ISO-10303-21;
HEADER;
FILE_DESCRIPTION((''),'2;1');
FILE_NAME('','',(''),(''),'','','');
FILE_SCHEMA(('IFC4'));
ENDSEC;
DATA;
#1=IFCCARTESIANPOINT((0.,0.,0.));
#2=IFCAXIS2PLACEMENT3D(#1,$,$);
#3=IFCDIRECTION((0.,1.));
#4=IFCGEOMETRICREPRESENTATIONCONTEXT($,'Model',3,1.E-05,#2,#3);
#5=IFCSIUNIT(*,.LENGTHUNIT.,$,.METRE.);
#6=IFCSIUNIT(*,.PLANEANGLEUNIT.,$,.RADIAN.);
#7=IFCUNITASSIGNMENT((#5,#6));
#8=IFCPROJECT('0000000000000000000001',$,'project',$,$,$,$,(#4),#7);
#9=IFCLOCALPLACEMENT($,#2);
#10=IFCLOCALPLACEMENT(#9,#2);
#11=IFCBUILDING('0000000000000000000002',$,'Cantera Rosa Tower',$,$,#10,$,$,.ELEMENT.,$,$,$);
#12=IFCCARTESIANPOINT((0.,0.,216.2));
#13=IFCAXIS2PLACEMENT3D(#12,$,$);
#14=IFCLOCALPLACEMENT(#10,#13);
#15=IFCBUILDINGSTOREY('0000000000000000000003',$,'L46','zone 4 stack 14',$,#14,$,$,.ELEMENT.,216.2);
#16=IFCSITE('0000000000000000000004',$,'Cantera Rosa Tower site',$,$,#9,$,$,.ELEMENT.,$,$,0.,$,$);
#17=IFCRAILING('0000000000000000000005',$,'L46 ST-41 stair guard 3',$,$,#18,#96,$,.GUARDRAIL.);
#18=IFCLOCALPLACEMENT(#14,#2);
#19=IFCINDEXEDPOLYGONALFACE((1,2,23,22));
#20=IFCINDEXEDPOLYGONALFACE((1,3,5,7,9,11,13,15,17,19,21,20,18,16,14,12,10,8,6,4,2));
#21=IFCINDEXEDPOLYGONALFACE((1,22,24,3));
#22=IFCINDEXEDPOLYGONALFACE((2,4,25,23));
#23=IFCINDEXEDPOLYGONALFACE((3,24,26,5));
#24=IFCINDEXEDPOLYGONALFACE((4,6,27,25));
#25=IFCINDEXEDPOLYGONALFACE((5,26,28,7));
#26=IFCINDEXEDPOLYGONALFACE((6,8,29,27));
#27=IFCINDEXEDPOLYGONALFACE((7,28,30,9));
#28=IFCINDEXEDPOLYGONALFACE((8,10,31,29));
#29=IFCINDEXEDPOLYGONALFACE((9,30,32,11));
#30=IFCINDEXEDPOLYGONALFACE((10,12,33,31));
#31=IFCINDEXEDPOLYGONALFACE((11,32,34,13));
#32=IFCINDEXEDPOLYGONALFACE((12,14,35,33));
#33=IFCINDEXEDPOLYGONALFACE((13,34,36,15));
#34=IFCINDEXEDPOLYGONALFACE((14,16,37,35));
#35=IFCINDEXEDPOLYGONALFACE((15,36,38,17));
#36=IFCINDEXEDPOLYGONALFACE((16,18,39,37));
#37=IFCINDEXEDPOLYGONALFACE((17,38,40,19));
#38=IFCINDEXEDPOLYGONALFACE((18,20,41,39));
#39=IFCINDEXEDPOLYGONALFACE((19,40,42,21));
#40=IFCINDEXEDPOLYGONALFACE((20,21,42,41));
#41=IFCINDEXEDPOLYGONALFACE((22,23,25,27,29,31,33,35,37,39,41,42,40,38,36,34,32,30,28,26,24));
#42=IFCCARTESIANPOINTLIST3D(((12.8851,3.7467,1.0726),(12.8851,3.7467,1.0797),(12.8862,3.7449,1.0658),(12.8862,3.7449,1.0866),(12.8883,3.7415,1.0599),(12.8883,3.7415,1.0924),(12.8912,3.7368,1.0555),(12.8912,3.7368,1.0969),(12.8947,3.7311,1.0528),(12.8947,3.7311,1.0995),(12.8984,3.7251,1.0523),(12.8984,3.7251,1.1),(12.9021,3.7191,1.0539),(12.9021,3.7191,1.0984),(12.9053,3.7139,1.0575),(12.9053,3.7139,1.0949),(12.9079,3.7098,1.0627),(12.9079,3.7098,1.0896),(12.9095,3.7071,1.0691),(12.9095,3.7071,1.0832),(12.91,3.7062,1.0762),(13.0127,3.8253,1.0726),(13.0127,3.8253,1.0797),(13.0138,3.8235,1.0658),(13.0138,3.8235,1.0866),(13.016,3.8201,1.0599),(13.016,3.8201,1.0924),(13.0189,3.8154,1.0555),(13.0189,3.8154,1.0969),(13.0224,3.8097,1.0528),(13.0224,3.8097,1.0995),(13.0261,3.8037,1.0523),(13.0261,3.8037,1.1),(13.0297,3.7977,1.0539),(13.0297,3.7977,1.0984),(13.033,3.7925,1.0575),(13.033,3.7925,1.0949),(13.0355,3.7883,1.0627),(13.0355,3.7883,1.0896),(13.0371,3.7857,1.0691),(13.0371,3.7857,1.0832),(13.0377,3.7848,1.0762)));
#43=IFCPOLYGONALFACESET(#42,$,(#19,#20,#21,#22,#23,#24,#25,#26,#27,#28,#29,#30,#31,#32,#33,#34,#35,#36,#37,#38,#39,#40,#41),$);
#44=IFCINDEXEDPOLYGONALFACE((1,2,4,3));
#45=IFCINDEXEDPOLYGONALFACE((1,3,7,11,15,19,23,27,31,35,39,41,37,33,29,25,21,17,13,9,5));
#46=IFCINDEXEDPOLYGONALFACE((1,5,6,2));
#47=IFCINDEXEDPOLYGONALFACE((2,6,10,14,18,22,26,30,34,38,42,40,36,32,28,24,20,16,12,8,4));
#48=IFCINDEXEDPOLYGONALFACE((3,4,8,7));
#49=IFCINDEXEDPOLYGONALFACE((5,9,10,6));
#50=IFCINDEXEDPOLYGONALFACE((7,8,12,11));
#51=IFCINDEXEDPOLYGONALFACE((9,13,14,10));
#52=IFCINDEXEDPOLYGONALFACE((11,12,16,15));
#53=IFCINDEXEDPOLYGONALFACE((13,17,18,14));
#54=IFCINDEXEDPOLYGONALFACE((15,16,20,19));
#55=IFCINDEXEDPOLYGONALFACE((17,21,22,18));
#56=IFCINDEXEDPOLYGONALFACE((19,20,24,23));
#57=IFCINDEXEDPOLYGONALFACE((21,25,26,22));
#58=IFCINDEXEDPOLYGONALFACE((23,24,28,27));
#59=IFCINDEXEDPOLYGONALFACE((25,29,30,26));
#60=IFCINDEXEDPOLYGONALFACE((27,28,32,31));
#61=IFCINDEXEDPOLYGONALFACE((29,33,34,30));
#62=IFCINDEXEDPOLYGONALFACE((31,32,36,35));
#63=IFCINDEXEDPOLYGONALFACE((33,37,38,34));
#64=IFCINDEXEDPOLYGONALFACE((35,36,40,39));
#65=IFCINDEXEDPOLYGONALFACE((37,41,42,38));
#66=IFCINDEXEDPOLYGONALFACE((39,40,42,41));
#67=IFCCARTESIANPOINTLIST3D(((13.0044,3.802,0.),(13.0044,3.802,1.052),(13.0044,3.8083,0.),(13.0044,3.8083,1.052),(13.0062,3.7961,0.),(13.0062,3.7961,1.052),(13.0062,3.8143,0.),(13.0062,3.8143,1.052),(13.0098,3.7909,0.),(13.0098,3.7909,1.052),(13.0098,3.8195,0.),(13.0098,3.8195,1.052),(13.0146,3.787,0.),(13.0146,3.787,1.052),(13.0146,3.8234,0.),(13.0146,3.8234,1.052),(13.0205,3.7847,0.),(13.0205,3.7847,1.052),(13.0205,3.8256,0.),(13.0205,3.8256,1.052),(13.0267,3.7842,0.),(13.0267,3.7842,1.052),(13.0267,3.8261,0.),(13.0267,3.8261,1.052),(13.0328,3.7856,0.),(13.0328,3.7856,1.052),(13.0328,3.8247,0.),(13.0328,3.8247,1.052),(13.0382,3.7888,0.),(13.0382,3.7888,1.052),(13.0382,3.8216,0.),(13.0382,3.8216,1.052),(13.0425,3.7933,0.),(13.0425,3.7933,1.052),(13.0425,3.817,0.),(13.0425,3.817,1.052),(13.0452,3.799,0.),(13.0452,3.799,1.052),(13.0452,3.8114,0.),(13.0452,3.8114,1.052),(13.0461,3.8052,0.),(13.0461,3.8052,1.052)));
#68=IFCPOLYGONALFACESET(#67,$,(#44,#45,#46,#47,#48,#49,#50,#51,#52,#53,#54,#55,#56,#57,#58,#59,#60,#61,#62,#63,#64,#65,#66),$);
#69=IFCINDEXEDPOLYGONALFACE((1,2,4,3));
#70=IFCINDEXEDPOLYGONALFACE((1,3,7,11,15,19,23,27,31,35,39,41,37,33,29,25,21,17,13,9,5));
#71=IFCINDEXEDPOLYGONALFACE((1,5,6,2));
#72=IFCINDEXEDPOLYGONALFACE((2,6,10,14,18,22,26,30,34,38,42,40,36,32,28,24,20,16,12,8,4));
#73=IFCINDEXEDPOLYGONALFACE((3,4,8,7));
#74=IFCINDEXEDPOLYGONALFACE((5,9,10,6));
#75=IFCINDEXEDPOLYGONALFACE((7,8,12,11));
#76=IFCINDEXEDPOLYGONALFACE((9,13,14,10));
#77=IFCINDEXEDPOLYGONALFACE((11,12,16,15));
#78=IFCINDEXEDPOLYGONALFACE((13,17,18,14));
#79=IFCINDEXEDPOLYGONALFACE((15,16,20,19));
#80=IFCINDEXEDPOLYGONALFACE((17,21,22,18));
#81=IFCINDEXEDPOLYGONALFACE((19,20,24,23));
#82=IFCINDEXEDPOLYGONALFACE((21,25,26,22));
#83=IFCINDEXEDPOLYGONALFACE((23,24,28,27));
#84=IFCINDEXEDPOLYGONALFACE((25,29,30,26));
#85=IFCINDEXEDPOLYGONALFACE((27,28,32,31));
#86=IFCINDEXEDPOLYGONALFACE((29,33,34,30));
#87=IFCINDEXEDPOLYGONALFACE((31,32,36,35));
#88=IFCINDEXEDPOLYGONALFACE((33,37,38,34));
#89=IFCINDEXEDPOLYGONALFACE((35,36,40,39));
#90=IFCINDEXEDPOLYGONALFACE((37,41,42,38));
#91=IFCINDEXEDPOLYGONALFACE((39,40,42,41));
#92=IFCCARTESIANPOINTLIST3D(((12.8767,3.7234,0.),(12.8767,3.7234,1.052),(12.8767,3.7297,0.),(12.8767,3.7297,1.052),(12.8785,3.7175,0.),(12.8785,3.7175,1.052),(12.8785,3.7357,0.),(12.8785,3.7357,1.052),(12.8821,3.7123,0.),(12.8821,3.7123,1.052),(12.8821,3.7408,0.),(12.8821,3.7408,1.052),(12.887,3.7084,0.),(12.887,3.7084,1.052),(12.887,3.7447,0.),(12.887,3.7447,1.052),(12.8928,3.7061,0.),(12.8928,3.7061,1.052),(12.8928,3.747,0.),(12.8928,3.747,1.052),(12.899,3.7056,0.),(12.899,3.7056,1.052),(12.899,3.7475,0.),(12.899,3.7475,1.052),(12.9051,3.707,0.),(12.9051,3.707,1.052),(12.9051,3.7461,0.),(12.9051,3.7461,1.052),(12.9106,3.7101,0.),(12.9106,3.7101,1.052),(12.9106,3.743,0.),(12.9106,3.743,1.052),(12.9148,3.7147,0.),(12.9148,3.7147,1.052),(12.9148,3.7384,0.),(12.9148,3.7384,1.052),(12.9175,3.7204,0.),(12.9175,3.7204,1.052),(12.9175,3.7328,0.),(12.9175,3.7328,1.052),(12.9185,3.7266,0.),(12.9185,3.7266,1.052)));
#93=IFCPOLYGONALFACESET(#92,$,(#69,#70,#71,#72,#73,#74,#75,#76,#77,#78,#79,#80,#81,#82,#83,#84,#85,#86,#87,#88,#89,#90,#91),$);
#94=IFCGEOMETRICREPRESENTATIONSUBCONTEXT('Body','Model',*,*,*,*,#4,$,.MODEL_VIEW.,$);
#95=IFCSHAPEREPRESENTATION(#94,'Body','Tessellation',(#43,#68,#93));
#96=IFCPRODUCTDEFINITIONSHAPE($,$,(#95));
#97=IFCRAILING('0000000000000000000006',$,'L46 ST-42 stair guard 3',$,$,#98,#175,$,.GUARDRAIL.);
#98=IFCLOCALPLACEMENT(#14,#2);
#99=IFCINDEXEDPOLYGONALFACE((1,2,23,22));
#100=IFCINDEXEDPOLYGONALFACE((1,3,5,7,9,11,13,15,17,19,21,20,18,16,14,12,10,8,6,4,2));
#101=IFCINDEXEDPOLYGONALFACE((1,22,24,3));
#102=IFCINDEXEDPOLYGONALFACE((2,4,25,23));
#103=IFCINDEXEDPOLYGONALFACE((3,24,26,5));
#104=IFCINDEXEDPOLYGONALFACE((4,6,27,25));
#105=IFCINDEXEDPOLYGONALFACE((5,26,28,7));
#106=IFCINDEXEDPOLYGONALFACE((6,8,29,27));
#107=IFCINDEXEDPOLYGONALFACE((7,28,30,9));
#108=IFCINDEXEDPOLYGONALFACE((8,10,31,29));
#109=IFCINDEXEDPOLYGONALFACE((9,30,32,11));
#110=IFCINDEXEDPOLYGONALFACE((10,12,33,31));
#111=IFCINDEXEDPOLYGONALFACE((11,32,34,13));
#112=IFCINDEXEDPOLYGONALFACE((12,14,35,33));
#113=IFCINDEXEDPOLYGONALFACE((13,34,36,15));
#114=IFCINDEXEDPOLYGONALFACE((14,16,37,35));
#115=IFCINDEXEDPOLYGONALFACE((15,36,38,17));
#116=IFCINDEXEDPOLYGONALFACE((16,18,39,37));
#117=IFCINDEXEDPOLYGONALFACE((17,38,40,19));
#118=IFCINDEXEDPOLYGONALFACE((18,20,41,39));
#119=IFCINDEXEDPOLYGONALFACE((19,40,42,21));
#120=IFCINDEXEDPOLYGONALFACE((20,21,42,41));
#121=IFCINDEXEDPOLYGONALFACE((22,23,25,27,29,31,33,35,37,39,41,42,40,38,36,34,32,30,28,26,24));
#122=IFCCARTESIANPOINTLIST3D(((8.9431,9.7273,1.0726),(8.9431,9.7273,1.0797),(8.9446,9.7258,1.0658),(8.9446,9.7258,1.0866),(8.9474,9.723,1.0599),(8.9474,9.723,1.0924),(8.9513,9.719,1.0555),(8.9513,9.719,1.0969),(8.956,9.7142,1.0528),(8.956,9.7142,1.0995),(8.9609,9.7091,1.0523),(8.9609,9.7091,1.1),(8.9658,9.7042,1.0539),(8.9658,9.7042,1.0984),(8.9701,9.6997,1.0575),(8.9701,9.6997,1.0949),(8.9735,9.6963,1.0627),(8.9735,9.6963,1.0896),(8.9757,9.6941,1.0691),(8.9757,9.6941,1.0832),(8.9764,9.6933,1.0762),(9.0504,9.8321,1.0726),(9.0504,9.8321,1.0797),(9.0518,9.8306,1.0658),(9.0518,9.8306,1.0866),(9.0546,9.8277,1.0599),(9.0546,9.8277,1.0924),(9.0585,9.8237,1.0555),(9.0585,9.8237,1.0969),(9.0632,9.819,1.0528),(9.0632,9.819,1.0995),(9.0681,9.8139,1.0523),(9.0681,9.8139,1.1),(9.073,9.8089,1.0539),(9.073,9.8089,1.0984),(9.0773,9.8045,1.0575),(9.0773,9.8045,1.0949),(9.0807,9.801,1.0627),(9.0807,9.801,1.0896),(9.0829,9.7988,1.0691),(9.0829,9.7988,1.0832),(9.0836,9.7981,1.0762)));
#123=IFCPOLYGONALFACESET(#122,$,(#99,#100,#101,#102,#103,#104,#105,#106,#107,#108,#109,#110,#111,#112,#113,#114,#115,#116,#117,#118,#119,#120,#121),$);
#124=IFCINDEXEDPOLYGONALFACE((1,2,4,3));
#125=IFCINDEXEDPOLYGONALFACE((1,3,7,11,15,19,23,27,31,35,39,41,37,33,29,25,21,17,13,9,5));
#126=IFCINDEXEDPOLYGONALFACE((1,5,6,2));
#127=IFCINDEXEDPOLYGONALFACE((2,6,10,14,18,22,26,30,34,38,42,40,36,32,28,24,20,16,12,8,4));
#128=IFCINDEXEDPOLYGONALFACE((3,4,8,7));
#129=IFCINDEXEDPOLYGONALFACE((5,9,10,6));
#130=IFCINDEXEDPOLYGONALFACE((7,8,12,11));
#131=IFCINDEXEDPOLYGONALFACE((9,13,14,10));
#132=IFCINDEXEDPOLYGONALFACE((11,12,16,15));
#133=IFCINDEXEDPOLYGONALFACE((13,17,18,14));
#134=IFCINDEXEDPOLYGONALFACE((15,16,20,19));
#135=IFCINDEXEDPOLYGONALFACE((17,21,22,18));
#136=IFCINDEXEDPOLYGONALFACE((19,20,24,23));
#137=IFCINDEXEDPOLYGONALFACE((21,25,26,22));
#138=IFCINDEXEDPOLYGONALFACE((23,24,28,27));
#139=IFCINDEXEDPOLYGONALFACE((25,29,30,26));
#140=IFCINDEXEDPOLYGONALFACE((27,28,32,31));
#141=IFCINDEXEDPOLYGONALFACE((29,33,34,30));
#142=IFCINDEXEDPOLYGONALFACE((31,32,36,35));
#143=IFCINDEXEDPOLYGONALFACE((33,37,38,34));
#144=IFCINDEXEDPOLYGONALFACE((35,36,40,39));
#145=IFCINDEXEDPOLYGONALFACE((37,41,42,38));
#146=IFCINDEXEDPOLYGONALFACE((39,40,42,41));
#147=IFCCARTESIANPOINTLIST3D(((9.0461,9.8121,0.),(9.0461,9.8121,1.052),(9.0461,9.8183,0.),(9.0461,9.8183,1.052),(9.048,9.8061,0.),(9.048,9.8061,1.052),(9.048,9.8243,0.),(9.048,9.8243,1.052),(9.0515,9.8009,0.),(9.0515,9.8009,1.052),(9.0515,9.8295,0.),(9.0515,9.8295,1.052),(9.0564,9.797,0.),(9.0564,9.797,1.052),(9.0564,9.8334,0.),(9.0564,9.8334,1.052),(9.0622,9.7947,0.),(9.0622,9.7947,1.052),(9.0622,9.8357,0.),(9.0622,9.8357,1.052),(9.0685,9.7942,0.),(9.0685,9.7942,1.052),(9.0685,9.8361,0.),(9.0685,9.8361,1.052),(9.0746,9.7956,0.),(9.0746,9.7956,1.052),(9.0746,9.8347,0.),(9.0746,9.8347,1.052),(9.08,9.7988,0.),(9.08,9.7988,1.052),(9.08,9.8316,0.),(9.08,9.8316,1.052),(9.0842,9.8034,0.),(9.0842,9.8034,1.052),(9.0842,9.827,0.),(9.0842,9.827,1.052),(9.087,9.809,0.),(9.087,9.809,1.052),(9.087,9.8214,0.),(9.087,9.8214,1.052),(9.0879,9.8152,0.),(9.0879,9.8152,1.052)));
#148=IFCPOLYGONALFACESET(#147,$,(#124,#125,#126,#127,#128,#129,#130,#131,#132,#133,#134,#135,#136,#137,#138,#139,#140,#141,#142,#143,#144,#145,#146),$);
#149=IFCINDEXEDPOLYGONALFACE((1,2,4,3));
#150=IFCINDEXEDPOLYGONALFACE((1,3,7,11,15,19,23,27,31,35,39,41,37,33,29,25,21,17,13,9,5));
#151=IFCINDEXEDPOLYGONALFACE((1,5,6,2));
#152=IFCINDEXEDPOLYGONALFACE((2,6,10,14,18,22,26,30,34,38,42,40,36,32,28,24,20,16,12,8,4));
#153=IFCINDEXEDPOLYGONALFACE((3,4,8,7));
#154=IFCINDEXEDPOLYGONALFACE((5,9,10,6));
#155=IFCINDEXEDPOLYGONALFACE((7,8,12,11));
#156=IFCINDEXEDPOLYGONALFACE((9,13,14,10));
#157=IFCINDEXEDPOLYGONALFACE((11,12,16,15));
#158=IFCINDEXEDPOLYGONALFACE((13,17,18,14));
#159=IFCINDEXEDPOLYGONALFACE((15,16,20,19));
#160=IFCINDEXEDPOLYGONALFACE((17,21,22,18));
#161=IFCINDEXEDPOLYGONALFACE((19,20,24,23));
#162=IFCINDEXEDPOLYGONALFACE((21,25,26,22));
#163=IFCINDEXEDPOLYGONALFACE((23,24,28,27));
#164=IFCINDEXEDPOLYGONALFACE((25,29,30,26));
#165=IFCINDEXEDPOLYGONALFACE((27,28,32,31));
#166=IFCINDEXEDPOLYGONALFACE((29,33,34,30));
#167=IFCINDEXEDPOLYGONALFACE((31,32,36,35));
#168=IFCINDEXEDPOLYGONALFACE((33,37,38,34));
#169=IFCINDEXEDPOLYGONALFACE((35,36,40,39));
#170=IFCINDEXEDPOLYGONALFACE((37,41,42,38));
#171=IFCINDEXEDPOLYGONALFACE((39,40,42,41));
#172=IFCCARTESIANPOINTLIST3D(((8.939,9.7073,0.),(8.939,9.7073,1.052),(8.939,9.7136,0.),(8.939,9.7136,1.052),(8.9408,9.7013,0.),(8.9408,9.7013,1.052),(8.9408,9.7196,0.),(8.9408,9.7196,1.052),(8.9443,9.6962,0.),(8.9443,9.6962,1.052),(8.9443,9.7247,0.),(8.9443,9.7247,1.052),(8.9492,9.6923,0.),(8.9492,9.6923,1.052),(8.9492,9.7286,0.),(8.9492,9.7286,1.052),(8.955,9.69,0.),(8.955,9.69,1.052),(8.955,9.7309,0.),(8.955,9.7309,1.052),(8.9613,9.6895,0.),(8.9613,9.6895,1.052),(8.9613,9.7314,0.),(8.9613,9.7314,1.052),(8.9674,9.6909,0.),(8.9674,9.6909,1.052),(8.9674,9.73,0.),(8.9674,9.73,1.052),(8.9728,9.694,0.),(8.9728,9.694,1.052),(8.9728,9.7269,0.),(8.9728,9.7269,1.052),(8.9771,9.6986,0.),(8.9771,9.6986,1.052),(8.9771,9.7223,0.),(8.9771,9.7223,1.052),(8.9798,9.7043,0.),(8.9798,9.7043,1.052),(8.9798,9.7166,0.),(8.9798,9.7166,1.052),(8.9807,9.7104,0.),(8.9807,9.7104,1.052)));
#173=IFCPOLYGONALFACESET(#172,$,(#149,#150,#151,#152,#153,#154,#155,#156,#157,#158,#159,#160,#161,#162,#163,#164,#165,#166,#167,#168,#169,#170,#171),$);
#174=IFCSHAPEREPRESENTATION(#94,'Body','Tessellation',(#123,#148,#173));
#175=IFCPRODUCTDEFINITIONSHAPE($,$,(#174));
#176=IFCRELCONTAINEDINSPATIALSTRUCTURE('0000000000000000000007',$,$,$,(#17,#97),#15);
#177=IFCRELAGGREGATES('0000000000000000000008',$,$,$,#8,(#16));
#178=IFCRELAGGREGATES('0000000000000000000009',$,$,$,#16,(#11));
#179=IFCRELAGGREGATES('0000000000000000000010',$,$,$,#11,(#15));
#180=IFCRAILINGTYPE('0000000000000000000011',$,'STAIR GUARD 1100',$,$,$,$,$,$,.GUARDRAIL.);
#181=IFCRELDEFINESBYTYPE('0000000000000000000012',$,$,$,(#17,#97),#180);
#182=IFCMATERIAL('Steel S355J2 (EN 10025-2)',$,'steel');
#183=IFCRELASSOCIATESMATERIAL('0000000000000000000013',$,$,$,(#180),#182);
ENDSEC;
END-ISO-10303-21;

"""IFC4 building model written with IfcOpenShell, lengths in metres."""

from ifc_helpers import new_model, si_unit, direction, frame, origin, origin_2d, place, context, subcontext, project, spatial, circle, extrude, material, type_object, element, save


model = new_model("IFC4")

# Units and contexts
model_context = context("Model", 3, precision=1e-05, world=origin(), true_north=direction((0.0, 1.0)))
body_context = subcontext(model_context, "Body", "Model", "MODEL_VIEW")
ifc_project = project(units=[si_unit("LENGTHUNIT", "METRE"), si_unit("PLANEANGLEUNIT", "RADIAN")], contexts=[model_context])

# Site, building, storey
site_placement = place(None, origin())
site = spatial("IfcSite", under=ifc_project, at=site_placement, Name="Cantera Rosa Tower site", CompositionType="ELEMENT", RefElevation=0.0)
building_placement = place(site_placement, origin())
building = spatial("IfcBuilding", under=site, at=building_placement, Name="Cantera Rosa Tower", CompositionType="ELEMENT")
storey_placement = place(building_placement, frame((0.0, 0.0, 216.2)))
storey = spatial("IfcBuildingStorey", under=building, at=storey_placement, Name="L46", Description="zone 4 stack 14", CompositionType="ELEMENT", Elevation=216.2)

# Railings
ifc_material_1 = material(Name="Steel S355J2 (EN 10025-2)", Category="steel")
railing_type_1 = type_object("IfcRailingType", Name="STAIR GUARD 1100", PredefinedType="GUARDRAIL", material=ifc_material_1)
railing_1_placement = place(storey_placement, frame((13.0251, 3.8052, 0.0)))
element("IfcRailing", 1, at=railing_1_placement, inside=storey, type_object=railing_type_1, Name="L46 ST-41 stair guard 3", PredefinedType="GUARDRAIL", context=body_context, shape_type="SweptSolid", body=[
    extrude(circle(Radius=0.0239, at=origin_2d()), frame((0.0, 0.0, 1.0762), z_axis=(-0.851546, -0.524279, 0.0), x_axis=(0.524279, -0.851546, 0.0)), (0.0, 0.0, 1.0), 0.1499),
    extrude(circle(Radius=0.021, at=origin_2d()), origin(), (0.0, 0.0, 1.0), 1.052),
    extrude(circle(Radius=0.021, at=origin_2d()), frame((-0.1277, -0.0786, 0.0)), (0.0, 0.0, 1.0), 1.052),
])
railing_2_placement = place(storey_placement, frame((9.0669, 9.8152, 0.0)))
element("IfcRailing", 2, at=railing_2_placement, inside=storey, type_object=railing_type_1, Name="L46 ST-42 stair guard 3", PredefinedType="GUARDRAIL", context=body_context, shape_type="SweptSolid", body=[
    extrude(circle(Radius=0.0239, at=origin_2d()), frame((0.0, 0.0, 1.0762), z_axis=(-0.715206, -0.698914, 0.0), x_axis=(0.698914, -0.715206, 0.0)), (0.0, 0.0, 1.0), 0.1499),
    extrude(circle(Radius=0.021, at=origin_2d()), origin(), (0.0, 0.0, 1.0), 1.052),
    extrude(circle(Radius=0.021, at=origin_2d()), frame((-0.1072, -0.1047, 0.0)), (0.0, 0.0, 1.0), 1.052),
])

save(model, "model.ifc")
